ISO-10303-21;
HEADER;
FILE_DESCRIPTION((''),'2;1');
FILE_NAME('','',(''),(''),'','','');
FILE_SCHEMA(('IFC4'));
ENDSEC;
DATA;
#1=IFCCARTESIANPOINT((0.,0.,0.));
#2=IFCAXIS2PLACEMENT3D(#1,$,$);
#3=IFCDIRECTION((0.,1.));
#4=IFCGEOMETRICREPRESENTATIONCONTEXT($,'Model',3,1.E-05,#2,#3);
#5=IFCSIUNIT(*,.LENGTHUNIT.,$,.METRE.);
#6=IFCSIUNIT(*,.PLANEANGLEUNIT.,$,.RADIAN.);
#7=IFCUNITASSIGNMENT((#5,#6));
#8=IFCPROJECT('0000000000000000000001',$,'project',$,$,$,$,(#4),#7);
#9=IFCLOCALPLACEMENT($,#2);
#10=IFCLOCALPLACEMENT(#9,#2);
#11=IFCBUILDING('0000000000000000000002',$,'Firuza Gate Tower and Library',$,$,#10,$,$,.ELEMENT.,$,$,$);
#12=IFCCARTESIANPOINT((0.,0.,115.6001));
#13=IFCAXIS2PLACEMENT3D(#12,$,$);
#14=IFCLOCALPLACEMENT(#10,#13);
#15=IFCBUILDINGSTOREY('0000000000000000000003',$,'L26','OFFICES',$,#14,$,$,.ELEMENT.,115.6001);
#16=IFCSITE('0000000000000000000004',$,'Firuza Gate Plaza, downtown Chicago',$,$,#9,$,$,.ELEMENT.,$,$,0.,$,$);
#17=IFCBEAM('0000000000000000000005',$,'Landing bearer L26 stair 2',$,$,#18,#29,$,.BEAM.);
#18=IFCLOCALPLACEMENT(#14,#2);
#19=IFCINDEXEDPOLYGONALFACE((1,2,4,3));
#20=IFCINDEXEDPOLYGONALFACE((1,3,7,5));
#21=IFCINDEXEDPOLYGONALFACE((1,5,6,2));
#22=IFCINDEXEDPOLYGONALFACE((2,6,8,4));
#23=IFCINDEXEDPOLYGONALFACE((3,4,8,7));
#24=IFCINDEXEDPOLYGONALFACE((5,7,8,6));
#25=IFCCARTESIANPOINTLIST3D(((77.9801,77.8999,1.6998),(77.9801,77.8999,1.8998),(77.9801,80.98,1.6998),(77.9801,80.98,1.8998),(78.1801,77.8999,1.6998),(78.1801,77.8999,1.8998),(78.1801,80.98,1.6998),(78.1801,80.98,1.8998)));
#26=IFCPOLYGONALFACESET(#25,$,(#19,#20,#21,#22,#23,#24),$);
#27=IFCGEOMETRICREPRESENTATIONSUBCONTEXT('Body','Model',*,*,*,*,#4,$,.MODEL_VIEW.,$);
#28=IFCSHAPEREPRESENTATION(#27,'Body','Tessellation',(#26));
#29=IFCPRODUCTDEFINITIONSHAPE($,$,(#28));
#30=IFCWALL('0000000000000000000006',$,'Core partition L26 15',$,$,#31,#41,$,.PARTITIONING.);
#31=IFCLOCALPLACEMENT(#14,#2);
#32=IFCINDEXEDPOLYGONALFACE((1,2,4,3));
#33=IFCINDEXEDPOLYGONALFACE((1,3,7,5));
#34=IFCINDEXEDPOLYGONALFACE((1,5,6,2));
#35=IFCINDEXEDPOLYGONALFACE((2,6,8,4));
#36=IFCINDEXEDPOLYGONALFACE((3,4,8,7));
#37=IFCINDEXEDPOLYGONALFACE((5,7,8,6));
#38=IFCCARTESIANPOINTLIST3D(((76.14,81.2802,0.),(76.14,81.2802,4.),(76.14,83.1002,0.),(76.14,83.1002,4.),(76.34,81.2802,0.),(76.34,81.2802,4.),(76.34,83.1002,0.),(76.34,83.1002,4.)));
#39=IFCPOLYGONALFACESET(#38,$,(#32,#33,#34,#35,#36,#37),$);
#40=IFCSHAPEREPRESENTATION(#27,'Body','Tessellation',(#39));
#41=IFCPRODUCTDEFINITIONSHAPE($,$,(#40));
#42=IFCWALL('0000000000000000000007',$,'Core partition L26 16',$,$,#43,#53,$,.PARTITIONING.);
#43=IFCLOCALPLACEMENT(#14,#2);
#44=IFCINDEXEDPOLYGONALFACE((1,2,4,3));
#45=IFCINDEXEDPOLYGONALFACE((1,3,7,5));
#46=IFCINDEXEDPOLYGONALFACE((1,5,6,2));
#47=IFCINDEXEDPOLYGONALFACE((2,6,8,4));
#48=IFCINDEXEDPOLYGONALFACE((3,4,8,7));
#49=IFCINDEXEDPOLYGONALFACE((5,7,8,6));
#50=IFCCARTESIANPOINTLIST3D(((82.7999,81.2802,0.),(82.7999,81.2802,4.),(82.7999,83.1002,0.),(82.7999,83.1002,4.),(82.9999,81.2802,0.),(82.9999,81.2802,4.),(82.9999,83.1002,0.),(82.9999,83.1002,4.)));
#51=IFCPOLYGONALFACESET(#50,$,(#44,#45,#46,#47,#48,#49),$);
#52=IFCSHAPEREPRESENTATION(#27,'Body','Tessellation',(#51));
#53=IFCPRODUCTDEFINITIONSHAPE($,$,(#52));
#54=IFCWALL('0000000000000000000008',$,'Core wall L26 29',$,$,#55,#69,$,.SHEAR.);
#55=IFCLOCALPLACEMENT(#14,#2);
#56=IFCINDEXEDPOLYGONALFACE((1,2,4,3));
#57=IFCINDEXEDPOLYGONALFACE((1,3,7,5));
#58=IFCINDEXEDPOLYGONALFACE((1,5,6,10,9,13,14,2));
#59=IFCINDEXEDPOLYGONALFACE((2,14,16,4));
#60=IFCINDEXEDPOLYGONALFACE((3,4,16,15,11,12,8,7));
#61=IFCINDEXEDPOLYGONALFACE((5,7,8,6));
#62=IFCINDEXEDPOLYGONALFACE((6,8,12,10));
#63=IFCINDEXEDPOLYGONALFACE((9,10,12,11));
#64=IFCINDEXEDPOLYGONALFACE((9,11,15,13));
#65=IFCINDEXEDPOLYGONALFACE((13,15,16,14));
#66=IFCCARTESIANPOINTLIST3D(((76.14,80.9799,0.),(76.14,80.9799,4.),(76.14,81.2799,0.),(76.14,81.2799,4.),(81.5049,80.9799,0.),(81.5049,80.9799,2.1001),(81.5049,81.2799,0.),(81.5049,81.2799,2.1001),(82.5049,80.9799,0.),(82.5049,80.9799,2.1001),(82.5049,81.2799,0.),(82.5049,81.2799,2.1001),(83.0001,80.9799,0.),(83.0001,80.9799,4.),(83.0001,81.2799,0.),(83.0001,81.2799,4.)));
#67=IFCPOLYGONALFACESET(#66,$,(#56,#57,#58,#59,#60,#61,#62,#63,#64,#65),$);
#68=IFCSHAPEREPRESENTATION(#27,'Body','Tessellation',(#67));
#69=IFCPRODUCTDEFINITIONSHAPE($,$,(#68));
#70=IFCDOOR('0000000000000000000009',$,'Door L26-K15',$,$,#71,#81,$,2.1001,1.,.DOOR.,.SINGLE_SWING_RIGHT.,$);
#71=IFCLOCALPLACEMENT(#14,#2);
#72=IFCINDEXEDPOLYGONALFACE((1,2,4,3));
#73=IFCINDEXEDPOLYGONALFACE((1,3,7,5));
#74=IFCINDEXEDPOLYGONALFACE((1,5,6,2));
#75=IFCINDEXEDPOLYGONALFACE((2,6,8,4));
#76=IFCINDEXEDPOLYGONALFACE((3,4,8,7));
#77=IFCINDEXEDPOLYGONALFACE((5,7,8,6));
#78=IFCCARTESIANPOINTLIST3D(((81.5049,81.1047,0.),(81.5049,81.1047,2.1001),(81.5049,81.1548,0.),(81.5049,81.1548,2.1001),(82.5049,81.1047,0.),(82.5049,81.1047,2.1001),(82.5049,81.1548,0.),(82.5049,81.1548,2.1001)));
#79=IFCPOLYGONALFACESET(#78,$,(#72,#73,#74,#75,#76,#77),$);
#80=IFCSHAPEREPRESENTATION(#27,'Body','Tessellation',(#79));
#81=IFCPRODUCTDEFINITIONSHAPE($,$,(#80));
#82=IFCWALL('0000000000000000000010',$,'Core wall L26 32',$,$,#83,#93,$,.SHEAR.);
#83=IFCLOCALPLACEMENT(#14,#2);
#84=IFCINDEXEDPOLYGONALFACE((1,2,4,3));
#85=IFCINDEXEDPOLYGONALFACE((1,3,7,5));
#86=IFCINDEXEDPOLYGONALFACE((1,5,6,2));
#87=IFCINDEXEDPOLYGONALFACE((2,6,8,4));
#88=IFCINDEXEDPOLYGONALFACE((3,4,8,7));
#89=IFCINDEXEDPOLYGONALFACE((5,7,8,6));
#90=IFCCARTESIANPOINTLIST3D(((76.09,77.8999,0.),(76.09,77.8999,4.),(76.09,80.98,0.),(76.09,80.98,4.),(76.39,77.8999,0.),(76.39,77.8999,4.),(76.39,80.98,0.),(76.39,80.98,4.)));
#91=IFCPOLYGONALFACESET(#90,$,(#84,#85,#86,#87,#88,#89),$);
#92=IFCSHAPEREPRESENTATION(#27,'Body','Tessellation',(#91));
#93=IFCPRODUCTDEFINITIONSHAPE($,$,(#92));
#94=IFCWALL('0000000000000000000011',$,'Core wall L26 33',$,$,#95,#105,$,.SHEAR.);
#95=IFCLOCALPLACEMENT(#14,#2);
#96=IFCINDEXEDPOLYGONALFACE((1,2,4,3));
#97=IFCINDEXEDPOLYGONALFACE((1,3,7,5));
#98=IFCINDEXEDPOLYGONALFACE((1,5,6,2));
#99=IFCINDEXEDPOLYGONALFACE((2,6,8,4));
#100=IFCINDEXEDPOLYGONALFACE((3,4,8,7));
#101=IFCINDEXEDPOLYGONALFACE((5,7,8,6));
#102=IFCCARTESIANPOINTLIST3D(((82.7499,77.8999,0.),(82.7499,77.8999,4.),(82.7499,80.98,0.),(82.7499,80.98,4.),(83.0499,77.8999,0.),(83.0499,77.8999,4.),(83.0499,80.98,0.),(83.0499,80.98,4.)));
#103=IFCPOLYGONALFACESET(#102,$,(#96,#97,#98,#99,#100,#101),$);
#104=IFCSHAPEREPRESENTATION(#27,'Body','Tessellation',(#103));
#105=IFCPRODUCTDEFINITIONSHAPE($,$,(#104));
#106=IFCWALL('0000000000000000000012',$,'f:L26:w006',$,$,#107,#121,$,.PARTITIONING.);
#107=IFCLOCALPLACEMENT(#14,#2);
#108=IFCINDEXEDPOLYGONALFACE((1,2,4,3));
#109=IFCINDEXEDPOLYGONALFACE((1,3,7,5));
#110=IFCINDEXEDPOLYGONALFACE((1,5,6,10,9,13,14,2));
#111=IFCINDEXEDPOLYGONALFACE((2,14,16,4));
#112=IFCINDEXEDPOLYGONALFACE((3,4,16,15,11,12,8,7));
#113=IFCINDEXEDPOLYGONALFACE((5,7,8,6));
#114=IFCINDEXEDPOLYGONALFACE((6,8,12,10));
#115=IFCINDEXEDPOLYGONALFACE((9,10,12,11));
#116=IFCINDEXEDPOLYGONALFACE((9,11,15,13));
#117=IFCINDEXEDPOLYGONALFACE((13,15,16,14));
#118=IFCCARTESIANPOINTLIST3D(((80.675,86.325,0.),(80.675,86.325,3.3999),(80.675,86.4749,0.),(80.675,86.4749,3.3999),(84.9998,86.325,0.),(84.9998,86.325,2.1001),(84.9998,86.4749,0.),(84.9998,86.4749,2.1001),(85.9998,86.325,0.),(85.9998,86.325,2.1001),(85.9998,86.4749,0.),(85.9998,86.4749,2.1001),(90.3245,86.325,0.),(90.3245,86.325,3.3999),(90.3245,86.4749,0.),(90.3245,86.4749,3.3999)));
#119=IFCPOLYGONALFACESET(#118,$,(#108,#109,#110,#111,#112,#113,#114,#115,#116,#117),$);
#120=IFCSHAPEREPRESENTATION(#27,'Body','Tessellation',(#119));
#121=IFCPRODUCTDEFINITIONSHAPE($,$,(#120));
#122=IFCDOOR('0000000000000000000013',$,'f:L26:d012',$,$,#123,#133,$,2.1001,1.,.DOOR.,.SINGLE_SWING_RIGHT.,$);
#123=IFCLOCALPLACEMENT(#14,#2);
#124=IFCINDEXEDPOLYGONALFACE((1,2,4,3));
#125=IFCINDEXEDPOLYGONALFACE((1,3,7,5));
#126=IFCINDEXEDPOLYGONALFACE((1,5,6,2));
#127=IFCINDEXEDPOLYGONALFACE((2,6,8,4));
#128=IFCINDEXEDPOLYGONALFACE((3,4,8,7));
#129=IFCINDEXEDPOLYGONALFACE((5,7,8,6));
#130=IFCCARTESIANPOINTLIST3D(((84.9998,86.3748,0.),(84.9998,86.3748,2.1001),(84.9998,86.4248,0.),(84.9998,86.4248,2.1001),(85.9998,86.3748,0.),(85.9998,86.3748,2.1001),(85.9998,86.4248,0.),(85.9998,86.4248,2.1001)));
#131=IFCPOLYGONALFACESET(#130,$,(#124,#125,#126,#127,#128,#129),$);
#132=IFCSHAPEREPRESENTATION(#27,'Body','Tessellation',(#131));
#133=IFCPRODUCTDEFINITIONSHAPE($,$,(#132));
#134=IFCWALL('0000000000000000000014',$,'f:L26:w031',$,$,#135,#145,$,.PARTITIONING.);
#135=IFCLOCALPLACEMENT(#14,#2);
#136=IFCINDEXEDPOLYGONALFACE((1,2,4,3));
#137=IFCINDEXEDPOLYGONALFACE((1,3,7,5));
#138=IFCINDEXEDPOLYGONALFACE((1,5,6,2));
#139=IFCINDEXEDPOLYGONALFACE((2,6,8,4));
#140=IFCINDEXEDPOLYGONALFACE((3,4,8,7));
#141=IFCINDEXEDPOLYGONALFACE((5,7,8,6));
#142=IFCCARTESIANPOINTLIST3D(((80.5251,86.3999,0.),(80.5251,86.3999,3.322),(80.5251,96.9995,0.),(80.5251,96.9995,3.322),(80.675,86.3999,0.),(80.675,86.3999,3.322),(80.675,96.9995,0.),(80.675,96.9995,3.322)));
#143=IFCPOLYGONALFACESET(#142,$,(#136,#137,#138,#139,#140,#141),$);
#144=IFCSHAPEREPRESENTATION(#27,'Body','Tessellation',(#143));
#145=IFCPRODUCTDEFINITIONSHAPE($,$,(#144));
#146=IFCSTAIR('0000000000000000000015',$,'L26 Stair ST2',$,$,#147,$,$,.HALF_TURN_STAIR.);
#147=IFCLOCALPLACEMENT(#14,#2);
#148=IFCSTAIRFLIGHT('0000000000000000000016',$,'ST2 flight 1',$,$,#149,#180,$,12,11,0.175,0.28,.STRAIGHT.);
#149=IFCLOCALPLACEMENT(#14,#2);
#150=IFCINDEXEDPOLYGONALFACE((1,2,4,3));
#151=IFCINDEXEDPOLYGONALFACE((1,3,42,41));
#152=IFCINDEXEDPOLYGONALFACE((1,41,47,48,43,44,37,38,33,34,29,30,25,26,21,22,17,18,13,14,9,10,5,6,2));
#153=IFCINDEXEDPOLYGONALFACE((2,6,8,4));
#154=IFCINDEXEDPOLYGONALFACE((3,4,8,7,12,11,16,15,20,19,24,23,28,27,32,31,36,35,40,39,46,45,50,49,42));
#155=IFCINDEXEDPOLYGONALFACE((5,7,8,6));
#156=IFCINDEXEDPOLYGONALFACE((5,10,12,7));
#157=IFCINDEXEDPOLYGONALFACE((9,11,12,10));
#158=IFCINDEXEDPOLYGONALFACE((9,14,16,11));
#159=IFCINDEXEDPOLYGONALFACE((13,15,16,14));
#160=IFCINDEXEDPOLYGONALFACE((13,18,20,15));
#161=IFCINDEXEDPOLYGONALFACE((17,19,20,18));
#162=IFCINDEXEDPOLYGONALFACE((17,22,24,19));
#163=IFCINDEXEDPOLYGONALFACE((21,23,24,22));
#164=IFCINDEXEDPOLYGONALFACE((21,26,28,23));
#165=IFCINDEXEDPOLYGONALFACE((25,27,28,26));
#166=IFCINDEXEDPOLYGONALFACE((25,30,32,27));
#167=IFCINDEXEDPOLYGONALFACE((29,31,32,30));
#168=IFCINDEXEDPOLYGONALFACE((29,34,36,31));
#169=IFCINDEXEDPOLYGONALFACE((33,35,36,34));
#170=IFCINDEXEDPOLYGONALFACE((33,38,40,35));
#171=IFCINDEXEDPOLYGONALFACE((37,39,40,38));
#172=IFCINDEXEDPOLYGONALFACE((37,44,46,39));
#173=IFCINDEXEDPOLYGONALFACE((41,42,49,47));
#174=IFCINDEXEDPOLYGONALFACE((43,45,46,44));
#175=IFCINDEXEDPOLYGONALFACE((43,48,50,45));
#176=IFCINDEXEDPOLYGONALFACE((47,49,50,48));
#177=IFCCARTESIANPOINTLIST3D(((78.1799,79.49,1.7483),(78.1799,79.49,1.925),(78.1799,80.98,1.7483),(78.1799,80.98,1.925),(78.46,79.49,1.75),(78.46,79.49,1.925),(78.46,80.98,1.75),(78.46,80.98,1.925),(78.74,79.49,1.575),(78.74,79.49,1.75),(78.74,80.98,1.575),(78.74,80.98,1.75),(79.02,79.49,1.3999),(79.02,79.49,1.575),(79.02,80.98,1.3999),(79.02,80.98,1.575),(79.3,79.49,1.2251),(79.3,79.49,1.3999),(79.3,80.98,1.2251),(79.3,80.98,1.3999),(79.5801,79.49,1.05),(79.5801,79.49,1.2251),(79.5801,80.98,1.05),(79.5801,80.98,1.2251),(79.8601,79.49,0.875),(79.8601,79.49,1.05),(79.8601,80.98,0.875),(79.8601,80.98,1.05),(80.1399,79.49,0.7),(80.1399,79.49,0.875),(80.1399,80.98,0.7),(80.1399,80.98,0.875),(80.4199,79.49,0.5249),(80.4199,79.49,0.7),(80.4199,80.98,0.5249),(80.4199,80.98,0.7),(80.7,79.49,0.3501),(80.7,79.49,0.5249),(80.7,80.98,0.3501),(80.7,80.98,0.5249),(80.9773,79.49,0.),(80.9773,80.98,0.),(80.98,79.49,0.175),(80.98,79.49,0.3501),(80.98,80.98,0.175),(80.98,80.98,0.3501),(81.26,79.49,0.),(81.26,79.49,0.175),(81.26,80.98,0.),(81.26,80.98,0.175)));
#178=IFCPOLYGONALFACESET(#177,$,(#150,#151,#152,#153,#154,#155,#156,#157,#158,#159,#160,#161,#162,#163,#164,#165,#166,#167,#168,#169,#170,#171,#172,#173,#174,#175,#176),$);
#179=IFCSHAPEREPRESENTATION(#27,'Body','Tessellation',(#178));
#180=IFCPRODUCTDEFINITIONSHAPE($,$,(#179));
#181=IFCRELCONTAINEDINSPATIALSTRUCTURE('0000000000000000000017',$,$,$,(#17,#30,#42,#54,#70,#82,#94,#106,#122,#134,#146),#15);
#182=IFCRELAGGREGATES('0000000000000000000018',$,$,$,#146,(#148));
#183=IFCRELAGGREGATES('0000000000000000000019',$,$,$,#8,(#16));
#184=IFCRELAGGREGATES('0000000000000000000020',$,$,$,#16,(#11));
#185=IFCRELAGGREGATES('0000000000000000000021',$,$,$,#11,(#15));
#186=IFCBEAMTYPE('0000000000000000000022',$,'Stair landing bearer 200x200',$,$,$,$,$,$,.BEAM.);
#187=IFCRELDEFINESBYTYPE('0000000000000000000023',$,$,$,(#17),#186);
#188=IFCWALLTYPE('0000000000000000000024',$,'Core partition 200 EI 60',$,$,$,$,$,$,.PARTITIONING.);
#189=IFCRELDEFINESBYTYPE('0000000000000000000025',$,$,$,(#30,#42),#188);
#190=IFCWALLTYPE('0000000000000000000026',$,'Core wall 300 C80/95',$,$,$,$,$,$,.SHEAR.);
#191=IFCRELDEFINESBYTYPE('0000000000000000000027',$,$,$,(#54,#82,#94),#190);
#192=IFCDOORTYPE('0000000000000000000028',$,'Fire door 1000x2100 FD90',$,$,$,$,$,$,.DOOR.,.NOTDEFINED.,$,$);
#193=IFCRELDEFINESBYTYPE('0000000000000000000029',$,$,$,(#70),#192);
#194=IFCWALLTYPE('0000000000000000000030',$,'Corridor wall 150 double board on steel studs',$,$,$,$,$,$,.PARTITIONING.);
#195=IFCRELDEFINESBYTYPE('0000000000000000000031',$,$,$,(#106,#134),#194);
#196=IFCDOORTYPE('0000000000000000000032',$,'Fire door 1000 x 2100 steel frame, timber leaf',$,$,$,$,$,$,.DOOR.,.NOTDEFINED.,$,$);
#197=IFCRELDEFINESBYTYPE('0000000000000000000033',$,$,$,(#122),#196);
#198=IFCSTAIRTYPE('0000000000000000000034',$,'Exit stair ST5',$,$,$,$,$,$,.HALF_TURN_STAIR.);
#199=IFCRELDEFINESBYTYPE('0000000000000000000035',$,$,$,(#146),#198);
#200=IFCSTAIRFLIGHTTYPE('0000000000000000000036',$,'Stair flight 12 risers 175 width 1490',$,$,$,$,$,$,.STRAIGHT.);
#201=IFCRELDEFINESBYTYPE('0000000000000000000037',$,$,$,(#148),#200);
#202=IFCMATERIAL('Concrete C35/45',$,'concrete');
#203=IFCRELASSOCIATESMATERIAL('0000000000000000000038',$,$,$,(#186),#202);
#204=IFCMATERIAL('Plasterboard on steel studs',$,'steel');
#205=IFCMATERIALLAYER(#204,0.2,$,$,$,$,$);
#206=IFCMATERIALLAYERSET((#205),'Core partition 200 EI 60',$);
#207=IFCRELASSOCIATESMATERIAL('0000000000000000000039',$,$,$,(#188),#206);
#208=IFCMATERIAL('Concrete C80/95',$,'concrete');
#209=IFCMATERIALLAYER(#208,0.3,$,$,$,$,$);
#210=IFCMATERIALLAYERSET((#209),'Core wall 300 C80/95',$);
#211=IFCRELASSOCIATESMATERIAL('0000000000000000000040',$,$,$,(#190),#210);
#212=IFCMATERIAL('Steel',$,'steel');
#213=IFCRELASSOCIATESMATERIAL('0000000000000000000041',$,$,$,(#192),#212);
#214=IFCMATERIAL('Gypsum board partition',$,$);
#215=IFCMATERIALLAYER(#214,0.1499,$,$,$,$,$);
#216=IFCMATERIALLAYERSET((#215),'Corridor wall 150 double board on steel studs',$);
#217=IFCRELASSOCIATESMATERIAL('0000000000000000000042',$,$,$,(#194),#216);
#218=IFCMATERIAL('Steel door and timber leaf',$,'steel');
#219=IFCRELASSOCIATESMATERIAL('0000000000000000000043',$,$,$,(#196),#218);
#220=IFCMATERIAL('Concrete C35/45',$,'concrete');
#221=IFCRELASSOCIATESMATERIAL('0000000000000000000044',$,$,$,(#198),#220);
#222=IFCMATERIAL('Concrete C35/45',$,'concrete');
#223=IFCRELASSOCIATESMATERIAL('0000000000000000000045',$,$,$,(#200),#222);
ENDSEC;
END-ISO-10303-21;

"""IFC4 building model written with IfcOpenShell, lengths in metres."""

from ifc_helpers import new_model, si_unit, direction, frame, frame_2d, origin, origin_2d, place, context, subcontext, project, spatial, polyline, rectangle, outline, extrude, material, layer, layer_set, material_profile, profile_set, type_object, element, fill, aggregate, save


model = new_model("IFC4")

# Units and contexts
model_context = context("Model", 3, precision=1e-05, world=origin(), true_north=direction((0.0, 1.0)))
body_context = subcontext(model_context, "Body", "Model", "MODEL_VIEW")
ifc_project = project(units=[si_unit("LENGTHUNIT", "METRE"), si_unit("PLANEANGLEUNIT", "RADIAN")], contexts=[model_context])

# Site, building, storey
site_placement = place(None, origin())
site = spatial("IfcSite", under=ifc_project, at=site_placement, Name="Firuza Gate Plaza, downtown Chicago", CompositionType="ELEMENT", RefElevation=0.0)
building_placement = place(site_placement, origin())
building = spatial("IfcBuilding", under=site, at=building_placement, Name="Firuza Gate Tower and Library", CompositionType="ELEMENT")
storey_placement = place(building_placement, frame((0.0, 0.0, 115.6001)))
storey = spatial("IfcBuildingStorey", under=building, at=storey_placement, Name="L26", Description="OFFICES", CompositionType="ELEMENT", Elevation=115.6001)

# Beam
ifc_material_1 = material(Name="Concrete C35/45", Category="concrete")
ifc_material_profile = material_profile(ifc_material_1, rectangle(XDim=0.2, YDim=0.2, at=origin_2d()))
ifc_profile_set = profile_set([ifc_material_profile], Name="Concrete C35/45")
beam_type = type_object("IfcBeamType", Name="Stair landing bearer 200x200", PredefinedType="BEAM", material=ifc_profile_set)
beam_placement = place(storey_placement, frame((78.0801, 80.98, 1.7998), z_axis=(0.0, -1.0, 0.0), x_axis=(1.0, 0.0, 0.0)))
element("IfcBeam", 1, at=beam_placement, inside=storey, type_object=beam_type, Name="Landing bearer L26 stair 2", PredefinedType="BEAM", context=body_context, shape_type="SweptSolid", body=[
    extrude(rectangle(XDim=0.2, YDim=0.2, at=origin_2d()), origin(), (0.0, 0.0, 1.0), 3.0801),
])

# Walls
ifc_material_2 = material(Name="Plasterboard on steel studs", Category="steel")
ifc_layer_1 = layer(ifc_material_2, 0.2)
ifc_layer_set_1 = layer_set([ifc_layer_1], Name="Core partition 200 EI 60")
wall_type_1 = type_object("IfcWallType", Name="Core partition 200 EI 60", PredefinedType="PARTITIONING", material=ifc_layer_set_1)
for number, where, z_axis, x_axis, name in (
    (2, (76.24, 81.28, 0.0), (0.0, 0.0, 1.0), (0.0, 1.0, 0.0), "Core partition L26 15"),
    (3, (82.8999, 81.28, 0.0), (0.0, 0.0, 1.0), (0.0, 1.0, 0.0), "Core partition L26 16"),
):
    element("IfcWall", number, at=place(storey_placement, frame(where, z_axis=z_axis, x_axis=x_axis)), inside=storey, type_object=wall_type_1, Name=name, PredefinedType="PARTITIONING", context=body_context, shape_type="SweptSolid", body=[
        extrude(rectangle(XDim=1.8201, YDim=0.2, at=frame_2d((0.9102, 0.0))), origin(), (0.0, 0.0, 1.0), 4.0),
    ])

# Wall, opening, door
ifc_material_3 = material(Name="Concrete C80/95", Category="concrete")
ifc_layer_2 = layer(ifc_material_3, 0.3)
ifc_layer_set_2 = layer_set([ifc_layer_2], Name="Core wall 300 C80/95")
wall_type_2 = type_object("IfcWallType", Name="Core wall 300 C80/95", PredefinedType="SHEAR", material=ifc_layer_set_2)
wall_1_placement = place(storey_placement, frame((76.1399, 81.1299, 0.0), z_axis=(0.0, 0.0, 1.0), x_axis=(1.0, 0.0, 0.0)))
wall_1 = element("IfcWall", 4, at=wall_1_placement, inside=storey, type_object=wall_type_2, Name="Core wall L26 29", PredefinedType="SHEAR", context=body_context, shape_type="SweptSolid", body=[
    extrude(rectangle(XDim=6.8601, YDim=0.3, at=frame_2d((3.4302, 0.0))), origin(), (0.0, 0.0, 1.0), 4.0),
])
opening_1_placement = place(wall_1_placement, frame((5.365, 0.0, 0.0)))
opening_1 = element("IfcOpeningElement", 5, at=opening_1_placement, cuts=wall_1, PredefinedType="OPENING", context=body_context, shape_type="SweptSolid", body=[
    extrude(rectangle(XDim=1.0, YDim=2.1001, at=frame_2d((0.5, 1.05))), frame((0.0, 0.1602, 0.0), z_axis=(0.0, -1.0, 0.0), x_axis=(1.0, 0.0, 0.0)), (0.0, 0.0, 1.0), 0.3201),
])
ifc_material_4 = material(Name="Steel", Category="steel")
door_type_1 = type_object("IfcDoorType", Name="Fire door 1000x2100 FD90", OperationType="NOTDEFINED", PredefinedType="DOOR", material=ifc_material_4)
door_1_placement = place(opening_1_placement, origin())
door_1 = element("IfcDoor", 6, at=door_1_placement, inside=storey, type_object=door_type_1, Name="Door L26-K15", OperationType="SINGLE_SWING_RIGHT", OverallHeight=2.1001, OverallWidth=1.0, PredefinedType="DOOR", context=body_context, shape_type="SweptSolid", body=[
    extrude(rectangle(XDim=1.0, YDim=2.1001, at=frame_2d((0.5, 1.05))), frame((0.0, 0.0249, 0.0), z_axis=(0.0, -1.0, 0.0), x_axis=(1.0, 0.0, 0.0)), (0.0, 0.0, 1.0), 0.05),
])
fill(opening_1, door_1)

# Walls
for number, where, z_axis, x_axis, name in (
    (7, (76.24, 77.8999, 0.0), (0.0, 0.0, 1.0), (0.0, 1.0, 0.0), "Core wall L26 32"),
    (8, (82.8999, 77.8999, 0.0), (0.0, 0.0, 1.0), (0.0, 1.0, 0.0), "Core wall L26 33"),
):
    element("IfcWall", number, at=place(storey_placement, frame(where, z_axis=z_axis, x_axis=x_axis)), inside=storey, type_object=wall_type_2, Name=name, PredefinedType="SHEAR", context=body_context, shape_type="SweptSolid", body=[
        extrude(rectangle(XDim=3.0801, YDim=0.3, at=frame_2d((1.54, 0.0))), origin(), (0.0, 0.0, 1.0), 4.0),
    ])

# Wall, opening, door
ifc_material_5 = material(Name="Gypsum board partition")
ifc_layer_3 = layer(ifc_material_5, 0.1499)
ifc_layer_set_3 = layer_set([ifc_layer_3], Name="Corridor wall 150 double board on steel studs")
wall_type_3 = type_object("IfcWallType", Name="Corridor wall 150 double board on steel studs", PredefinedType="PARTITIONING", material=ifc_layer_set_3)
wall_2_placement = place(storey_placement, frame((80.675, 86.3999, 0.0), z_axis=(0.0, 0.0, 1.0), x_axis=(1.0, 0.0, 0.0)))
wall_2 = element("IfcWall", 9, at=wall_2_placement, inside=storey, type_object=wall_type_3, Name="f:L26:w006", PredefinedType="PARTITIONING", context=body_context, shape_type="SweptSolid", body=[
    extrude(rectangle(XDim=9.6494, YDim=0.1499, at=frame_2d((4.8247, 0.0))), origin(), (0.0, 0.0, 1.0), 3.3999),
])
opening_2_placement = place(wall_2_placement, frame((4.3247, 0.0, 0.0)))
opening_2 = element("IfcOpeningElement", 10, at=opening_2_placement, cuts=wall_2, PredefinedType="OPENING", context=body_context, shape_type="SweptSolid", body=[
    extrude(rectangle(XDim=1.0, YDim=2.1001, at=frame_2d((0.5, 1.05))), frame((0.0, 0.085, 0.0), z_axis=(0.0, -1.0, 0.0), x_axis=(1.0, 0.0, 0.0)), (0.0, 0.0, 1.0), 0.1699),
])
ifc_material_6 = material(Name="Steel door and timber leaf", Category="steel")
door_type_2 = type_object("IfcDoorType", Name="Fire door 1000 x 2100 steel frame, timber leaf", OperationType="NOTDEFINED", PredefinedType="DOOR", material=ifc_material_6)
door_2_placement = place(opening_2_placement, origin())
door_2 = element("IfcDoor", 11, at=door_2_placement, inside=storey, type_object=door_type_2, Name="f:L26:d012", OperationType="SINGLE_SWING_RIGHT", OverallHeight=2.1001, OverallWidth=1.0, PredefinedType="DOOR", context=body_context, shape_type="SweptSolid", body=[
    extrude(rectangle(XDim=1.0, YDim=2.1001, at=frame_2d((0.5, 1.05))), frame((0.0, 0.0249, 0.0), z_axis=(0.0, -1.0, 0.0), x_axis=(1.0, 0.0, 0.0)), (0.0, 0.0, 1.0), 0.05),
])
fill(opening_2, door_2)

# Wall
wall_3_placement = place(storey_placement, frame((80.6001, 86.3999, 0.0), z_axis=(0.0, 0.0, 1.0), x_axis=(0.0, 1.0, 0.0)))
element("IfcWall", 12, at=wall_3_placement, inside=storey, type_object=wall_type_3, Name="f:L26:w031", PredefinedType="PARTITIONING", context=body_context, shape_type="SweptSolid", body=[
    extrude(rectangle(XDim=10.5996, YDim=0.1499, at=frame_2d((5.2998, 0.0))), origin(), (0.0, 0.0, 1.0), 3.322),
])

# Stair, stair flight
ifc_material_7 = material(Name="Concrete C35/45", Category="concrete")
stair_type = type_object("IfcStairType", Name="Exit stair ST5", PredefinedType="HALF_TURN_STAIR", material=ifc_material_7)
stair_placement = place(storey_placement, origin())
stair = element("IfcStair", 13, at=stair_placement, inside=storey, type_object=stair_type, Name="L26 Stair ST2", PredefinedType="HALF_TURN_STAIR")
ifc_material_8 = material(Name="Concrete C35/45", Category="concrete")
stair_flight_type = type_object("IfcStairFlightType", Name="Stair flight 12 risers 175 width 1490", PredefinedType="STRAIGHT", material=ifc_material_8)
stair_flight_1_placement = place(storey_placement, frame((81.26, 80.2351, 0.0), z_axis=(0.0, 0.0, 1.0), x_axis=(-1.0, 0.0, 0.0)))
stair_flight_1 = element("IfcStairFlight", 14, at=stair_flight_1_placement, type_object=stair_flight_type, Name="ST2 flight 1", NumberOfRisers=12, NumberOfTreads=11, PredefinedType="STRAIGHT", RiserHeight=0.175, TreadLength=0.28, context=body_context, shape_type="SweptSolid", body=[
    extrude(outline(polyline([(0.0, 0.0), (0.0, 0.175), (0.28, 0.175), (0.28, 0.3501), (0.5601, 0.3501), (0.5601, 0.5249), (0.8401, 0.5249), (0.8401, 0.7), (1.1201, 0.7), (1.1201, 0.875), (1.3999, 0.875), (1.3999, 1.05), (1.6799, 1.05), (1.6799, 1.2251), (1.96, 1.2251), (1.96, 1.3999), (2.24, 1.3999), (2.24, 1.575), (2.52, 1.575), (2.52, 1.75), (2.8, 1.75), (2.8, 1.925), (3.0801, 1.925), (3.0801, 2.1001), (3.0801, 1.7483), (0.2827, 0.0), (0.0, 0.0)])), frame((0.0, 0.7451, 0.0), z_axis=(0.0, -1.0, 0.0), x_axis=(1.0, 0.0, 0.0)), (0.0, 0.0, 1.0), 1.49),
])
aggregate(stair, [stair_flight_1])

save(model, "model.ifc")
